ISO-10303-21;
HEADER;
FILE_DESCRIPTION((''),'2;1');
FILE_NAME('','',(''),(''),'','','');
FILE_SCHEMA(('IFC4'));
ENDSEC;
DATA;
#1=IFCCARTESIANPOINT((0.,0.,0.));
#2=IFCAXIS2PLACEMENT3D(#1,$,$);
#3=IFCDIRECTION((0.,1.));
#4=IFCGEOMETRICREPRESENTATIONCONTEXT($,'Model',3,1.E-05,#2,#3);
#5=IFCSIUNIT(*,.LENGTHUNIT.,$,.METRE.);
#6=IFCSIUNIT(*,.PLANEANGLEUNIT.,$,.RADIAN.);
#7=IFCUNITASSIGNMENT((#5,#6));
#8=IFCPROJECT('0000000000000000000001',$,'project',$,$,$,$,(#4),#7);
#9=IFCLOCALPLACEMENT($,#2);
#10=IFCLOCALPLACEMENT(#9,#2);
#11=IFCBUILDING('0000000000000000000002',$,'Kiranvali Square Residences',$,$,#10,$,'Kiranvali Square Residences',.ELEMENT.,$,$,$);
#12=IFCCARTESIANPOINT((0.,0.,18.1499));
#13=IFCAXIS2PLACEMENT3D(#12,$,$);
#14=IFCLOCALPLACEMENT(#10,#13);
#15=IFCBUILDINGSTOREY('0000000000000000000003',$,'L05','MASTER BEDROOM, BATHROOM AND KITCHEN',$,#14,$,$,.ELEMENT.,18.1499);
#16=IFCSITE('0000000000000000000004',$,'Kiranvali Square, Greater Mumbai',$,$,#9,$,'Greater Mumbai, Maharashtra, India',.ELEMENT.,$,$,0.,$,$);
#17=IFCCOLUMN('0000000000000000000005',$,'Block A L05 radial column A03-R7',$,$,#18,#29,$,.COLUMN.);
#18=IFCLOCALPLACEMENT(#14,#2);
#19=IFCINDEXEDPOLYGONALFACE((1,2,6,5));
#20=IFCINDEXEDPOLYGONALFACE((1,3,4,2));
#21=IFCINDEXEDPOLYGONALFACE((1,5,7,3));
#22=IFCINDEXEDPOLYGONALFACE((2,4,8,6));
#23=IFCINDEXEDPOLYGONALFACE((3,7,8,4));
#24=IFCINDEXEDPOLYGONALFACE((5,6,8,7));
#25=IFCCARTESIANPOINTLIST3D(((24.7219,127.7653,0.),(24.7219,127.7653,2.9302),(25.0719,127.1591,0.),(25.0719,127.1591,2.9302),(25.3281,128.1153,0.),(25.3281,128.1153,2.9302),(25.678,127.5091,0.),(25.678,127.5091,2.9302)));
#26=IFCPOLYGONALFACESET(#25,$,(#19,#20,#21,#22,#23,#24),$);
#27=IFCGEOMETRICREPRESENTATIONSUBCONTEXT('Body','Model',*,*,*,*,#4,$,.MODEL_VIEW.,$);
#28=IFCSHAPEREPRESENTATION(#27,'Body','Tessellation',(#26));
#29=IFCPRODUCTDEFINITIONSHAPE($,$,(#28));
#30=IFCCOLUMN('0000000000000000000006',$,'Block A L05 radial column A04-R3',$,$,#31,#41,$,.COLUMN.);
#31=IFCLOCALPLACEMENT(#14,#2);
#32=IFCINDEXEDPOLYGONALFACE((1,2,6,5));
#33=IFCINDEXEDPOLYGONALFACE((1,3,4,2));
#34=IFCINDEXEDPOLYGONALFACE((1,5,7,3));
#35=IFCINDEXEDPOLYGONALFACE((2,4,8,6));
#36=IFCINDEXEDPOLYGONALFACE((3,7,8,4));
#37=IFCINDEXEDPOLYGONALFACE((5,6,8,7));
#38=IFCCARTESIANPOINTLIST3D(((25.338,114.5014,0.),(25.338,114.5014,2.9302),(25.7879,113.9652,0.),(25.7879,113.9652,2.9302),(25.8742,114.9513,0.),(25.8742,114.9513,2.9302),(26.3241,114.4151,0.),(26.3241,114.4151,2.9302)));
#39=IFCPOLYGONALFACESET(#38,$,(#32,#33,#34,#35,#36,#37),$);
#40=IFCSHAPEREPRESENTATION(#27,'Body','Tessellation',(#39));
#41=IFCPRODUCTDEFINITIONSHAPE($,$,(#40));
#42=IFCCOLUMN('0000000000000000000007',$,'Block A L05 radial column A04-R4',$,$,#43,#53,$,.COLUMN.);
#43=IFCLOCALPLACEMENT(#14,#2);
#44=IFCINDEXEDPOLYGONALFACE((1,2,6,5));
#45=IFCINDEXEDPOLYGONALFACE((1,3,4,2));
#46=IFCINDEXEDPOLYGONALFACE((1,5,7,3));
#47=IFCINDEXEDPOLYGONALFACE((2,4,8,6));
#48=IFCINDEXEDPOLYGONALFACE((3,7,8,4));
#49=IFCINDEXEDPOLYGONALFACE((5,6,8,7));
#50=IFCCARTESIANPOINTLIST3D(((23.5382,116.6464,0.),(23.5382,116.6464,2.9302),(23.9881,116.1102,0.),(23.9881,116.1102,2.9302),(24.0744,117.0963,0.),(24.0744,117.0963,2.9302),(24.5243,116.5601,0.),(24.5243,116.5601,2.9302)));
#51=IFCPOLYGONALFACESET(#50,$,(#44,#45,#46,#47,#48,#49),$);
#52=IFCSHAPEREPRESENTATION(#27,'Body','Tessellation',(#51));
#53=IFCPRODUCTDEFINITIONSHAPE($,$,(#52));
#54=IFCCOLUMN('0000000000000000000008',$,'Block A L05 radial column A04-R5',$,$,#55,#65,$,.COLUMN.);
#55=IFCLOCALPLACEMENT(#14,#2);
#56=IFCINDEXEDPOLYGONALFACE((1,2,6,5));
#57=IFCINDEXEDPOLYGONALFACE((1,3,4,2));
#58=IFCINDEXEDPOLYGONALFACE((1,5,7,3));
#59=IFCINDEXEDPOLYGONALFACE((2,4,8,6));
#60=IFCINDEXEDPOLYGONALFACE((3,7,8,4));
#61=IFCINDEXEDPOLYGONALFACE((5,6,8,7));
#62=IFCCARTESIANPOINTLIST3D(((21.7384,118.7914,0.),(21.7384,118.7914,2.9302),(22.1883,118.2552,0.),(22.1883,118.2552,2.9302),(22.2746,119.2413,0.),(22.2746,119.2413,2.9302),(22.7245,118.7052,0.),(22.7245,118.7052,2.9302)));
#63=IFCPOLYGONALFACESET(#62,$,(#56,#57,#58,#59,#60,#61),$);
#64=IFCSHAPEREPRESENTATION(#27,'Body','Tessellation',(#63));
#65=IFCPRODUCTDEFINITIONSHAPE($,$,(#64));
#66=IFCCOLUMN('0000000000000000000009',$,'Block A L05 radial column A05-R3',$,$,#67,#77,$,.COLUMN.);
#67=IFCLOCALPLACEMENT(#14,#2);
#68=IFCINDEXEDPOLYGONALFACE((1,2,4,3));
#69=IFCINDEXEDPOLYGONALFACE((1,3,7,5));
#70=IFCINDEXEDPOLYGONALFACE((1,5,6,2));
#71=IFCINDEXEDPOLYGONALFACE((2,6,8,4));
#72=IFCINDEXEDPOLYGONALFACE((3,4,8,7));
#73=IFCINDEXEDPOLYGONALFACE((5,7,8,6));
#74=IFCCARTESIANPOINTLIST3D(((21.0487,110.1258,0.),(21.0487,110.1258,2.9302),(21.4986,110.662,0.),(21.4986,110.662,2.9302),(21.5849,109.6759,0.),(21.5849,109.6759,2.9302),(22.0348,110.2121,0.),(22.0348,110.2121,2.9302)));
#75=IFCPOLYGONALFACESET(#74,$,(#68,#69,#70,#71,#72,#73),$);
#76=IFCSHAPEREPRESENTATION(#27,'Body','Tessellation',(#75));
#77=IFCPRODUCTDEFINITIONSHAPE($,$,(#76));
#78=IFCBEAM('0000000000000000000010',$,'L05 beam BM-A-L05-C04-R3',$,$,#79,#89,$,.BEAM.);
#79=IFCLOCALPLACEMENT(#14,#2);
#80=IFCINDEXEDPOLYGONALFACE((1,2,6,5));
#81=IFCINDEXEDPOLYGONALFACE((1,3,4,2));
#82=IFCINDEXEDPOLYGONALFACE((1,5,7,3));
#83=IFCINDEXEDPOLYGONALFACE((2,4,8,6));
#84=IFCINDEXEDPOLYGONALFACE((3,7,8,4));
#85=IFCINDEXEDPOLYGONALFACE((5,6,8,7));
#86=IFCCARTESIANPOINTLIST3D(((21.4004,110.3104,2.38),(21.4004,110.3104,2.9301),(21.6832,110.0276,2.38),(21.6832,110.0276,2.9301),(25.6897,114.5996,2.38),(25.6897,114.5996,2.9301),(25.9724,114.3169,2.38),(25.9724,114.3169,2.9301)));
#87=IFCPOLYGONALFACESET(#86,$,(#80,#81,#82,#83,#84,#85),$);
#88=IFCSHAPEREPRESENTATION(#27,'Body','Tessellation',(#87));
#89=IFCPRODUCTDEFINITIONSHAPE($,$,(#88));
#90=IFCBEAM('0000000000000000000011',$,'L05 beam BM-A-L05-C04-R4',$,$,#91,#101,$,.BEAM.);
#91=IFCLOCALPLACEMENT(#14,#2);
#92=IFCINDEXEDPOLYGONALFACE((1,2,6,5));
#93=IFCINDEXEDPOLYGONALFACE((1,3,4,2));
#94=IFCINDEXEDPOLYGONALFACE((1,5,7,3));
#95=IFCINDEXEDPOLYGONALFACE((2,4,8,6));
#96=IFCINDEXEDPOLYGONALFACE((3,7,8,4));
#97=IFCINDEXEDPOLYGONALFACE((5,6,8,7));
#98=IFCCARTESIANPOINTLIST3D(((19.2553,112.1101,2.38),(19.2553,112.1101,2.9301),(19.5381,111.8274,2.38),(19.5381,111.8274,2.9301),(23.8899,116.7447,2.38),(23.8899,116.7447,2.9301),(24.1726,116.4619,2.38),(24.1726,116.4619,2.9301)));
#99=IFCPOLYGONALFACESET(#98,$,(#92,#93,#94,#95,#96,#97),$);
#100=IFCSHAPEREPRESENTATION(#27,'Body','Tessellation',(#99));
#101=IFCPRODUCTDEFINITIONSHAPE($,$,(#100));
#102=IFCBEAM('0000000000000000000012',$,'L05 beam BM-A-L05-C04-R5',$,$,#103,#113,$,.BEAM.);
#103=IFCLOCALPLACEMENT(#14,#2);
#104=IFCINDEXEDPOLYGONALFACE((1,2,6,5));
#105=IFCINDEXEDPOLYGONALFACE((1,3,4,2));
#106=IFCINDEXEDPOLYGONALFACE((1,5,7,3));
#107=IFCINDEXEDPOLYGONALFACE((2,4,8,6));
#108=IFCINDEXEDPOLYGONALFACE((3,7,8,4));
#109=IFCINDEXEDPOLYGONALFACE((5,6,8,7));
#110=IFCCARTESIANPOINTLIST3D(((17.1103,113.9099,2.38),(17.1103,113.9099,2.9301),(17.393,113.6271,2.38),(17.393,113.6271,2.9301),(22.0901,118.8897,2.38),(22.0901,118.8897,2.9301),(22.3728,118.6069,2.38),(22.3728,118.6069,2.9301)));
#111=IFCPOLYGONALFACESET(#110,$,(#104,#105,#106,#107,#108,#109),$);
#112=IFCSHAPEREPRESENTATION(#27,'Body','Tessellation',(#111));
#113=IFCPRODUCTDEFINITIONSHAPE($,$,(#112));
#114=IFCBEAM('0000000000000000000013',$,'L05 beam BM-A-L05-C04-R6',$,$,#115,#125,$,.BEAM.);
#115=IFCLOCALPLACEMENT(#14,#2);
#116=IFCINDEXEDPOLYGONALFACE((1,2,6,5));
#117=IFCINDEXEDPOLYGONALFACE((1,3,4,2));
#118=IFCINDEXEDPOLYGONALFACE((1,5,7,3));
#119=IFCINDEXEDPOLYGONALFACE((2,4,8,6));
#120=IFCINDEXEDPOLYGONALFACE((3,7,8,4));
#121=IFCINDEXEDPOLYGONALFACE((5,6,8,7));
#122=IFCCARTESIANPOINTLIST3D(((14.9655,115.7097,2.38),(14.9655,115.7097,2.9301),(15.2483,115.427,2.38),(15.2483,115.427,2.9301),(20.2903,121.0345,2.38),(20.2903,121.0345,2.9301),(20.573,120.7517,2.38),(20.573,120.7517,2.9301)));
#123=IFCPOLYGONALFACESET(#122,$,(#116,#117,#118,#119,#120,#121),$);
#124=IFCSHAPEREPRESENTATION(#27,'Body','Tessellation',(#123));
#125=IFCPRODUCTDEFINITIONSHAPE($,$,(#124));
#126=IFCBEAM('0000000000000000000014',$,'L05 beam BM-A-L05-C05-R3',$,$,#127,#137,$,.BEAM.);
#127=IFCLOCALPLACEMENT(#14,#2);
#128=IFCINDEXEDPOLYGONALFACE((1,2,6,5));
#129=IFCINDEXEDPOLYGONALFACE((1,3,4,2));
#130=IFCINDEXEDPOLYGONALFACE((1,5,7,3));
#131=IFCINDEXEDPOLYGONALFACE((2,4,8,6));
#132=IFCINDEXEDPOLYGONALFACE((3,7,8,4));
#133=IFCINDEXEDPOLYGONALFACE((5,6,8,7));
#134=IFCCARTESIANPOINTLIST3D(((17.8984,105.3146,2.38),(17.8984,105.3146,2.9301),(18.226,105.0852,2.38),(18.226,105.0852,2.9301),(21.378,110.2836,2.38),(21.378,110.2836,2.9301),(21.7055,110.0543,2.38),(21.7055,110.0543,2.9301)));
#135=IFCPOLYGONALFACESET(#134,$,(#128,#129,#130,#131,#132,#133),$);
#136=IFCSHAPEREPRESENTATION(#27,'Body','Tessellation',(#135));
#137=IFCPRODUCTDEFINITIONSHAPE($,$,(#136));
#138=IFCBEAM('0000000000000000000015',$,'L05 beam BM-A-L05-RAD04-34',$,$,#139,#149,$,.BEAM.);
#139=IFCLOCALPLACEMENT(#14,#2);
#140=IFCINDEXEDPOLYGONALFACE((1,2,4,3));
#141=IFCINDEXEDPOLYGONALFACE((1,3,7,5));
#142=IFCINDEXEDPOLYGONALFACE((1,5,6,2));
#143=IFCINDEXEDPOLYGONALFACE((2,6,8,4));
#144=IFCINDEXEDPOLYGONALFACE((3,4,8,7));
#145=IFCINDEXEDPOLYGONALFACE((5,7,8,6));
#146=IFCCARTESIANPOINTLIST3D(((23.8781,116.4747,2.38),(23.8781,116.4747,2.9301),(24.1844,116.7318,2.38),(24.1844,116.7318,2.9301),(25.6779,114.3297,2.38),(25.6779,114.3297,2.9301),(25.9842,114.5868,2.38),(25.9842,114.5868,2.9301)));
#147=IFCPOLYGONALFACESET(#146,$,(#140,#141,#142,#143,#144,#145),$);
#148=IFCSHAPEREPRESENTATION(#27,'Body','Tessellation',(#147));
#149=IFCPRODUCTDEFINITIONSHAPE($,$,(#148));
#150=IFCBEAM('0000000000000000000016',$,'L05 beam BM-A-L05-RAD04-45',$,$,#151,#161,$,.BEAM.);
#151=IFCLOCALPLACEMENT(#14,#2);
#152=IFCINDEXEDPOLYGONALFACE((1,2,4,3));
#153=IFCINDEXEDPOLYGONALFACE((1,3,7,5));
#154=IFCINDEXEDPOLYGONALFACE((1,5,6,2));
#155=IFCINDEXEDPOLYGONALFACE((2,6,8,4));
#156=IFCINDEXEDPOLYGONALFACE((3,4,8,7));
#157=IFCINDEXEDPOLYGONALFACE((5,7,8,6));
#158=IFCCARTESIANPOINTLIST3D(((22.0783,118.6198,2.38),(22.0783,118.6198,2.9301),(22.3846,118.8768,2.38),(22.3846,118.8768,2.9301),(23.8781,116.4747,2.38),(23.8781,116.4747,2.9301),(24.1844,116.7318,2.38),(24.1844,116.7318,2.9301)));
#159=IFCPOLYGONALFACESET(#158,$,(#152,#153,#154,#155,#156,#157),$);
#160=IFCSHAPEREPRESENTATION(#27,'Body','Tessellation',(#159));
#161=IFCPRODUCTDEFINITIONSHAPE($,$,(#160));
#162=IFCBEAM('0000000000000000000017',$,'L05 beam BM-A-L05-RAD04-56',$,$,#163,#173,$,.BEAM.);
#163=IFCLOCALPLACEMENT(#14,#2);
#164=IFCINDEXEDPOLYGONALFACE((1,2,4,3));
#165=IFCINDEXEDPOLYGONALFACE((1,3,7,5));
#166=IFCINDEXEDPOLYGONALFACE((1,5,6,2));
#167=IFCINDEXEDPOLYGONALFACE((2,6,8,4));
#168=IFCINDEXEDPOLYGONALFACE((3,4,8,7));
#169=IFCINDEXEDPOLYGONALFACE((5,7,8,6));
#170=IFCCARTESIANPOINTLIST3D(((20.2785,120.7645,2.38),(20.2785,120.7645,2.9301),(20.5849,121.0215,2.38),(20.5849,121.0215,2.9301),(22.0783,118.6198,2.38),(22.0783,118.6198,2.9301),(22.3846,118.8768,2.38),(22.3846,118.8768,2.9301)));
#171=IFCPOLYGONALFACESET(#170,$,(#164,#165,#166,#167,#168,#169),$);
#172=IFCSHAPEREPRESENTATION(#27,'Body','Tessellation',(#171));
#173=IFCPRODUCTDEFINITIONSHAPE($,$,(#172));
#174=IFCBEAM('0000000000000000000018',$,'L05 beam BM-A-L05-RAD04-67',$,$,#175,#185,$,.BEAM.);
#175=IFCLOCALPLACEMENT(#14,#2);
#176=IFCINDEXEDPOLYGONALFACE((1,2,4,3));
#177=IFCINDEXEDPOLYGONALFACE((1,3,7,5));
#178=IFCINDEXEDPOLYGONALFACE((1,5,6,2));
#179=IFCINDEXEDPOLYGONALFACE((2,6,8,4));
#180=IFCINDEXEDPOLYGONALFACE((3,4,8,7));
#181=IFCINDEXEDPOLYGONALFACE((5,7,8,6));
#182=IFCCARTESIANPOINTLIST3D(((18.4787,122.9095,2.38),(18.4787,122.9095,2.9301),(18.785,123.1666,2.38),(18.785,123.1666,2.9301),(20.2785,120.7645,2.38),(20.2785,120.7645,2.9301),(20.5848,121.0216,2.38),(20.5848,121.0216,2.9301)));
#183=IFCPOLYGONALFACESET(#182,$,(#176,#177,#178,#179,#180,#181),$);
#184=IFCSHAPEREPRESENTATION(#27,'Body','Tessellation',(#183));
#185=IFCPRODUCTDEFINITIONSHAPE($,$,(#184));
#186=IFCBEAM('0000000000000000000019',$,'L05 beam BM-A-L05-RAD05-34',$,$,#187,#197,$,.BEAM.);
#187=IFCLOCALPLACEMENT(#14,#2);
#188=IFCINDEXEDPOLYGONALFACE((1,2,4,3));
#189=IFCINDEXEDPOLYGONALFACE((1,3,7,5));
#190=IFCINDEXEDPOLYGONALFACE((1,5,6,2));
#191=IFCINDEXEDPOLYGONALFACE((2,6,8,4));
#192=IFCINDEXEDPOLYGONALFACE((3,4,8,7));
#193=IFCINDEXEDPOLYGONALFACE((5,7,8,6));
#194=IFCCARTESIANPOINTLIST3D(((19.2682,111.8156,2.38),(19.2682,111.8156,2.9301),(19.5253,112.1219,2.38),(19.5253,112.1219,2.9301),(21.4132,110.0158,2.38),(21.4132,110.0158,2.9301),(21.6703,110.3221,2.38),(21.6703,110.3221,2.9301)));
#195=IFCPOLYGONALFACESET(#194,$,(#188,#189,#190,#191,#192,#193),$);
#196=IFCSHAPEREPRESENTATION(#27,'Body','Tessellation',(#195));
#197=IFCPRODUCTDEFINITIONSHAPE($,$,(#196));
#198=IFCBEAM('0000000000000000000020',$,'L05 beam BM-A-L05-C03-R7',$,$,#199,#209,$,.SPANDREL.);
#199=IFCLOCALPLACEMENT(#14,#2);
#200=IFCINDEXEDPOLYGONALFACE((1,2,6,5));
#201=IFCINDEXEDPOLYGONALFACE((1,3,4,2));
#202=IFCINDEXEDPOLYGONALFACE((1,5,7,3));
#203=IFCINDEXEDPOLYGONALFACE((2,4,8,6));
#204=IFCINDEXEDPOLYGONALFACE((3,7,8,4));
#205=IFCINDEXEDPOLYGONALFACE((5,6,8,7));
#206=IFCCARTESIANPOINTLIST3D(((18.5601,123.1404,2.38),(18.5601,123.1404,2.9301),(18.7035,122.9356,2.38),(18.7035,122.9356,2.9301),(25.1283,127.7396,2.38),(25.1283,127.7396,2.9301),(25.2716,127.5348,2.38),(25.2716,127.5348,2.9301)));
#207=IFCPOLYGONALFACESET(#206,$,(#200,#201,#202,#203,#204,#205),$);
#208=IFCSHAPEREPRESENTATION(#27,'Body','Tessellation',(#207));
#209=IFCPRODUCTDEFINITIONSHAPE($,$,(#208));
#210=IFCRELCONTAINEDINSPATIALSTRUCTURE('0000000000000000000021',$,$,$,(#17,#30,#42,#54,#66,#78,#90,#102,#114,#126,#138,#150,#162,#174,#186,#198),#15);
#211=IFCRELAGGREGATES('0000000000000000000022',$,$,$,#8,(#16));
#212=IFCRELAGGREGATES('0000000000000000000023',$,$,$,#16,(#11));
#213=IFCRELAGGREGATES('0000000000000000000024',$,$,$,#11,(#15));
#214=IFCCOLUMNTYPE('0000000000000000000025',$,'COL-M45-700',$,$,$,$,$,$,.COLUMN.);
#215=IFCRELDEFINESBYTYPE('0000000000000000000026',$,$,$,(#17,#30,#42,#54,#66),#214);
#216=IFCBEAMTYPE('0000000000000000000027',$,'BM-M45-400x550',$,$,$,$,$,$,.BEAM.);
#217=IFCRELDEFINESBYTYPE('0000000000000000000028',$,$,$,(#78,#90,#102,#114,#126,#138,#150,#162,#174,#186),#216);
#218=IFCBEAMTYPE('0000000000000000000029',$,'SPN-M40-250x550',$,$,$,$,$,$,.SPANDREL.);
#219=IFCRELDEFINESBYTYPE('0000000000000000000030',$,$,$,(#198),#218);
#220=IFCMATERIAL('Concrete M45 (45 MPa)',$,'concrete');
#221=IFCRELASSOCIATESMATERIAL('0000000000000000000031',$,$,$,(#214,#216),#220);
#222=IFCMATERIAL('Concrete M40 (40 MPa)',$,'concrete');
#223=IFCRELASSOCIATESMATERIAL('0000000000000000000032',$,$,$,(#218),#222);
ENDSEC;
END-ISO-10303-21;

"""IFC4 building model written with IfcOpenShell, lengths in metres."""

from ifc_helpers import new_model, si_unit, direction, frame, origin, origin_2d, place, context, subcontext, project, spatial, rectangle, extrude, material, material_profile, profile_set, type_object, element, save


model = new_model("IFC4")

# Units and contexts
model_context = context("Model", 3, precision=1e-05, world=origin(), true_north=direction((0.0, 1.0)))
body_context = subcontext(model_context, "Body", "Model", "MODEL_VIEW")
ifc_project = project(units=[si_unit("LENGTHUNIT", "METRE"), si_unit("PLANEANGLEUNIT", "RADIAN")], contexts=[model_context])

# Site, building, storey
site_placement = place(None, origin())
site = spatial("IfcSite", under=ifc_project, at=site_placement, Name="Kiranvali Square, Greater Mumbai", LongName="Greater Mumbai, Maharashtra, India", CompositionType="ELEMENT", RefElevation=0.0)
building_placement = place(site_placement, origin())
building = spatial("IfcBuilding", under=site, at=building_placement, Name="Kiranvali Square Residences", LongName="Kiranvali Square Residences", CompositionType="ELEMENT")
storey_placement = place(building_placement, frame((0.0, 0.0, 18.1499)))
storey = spatial("IfcBuildingStorey", under=building, at=storey_placement, Name="L05", Description="MASTER BEDROOM, BATHROOM AND KITCHEN", CompositionType="ELEMENT", Elevation=18.1499)

# Columns
ifc_material_1 = material(Name="Concrete M45 (45 MPa)", Category="concrete")
ifc_material_profile_1 = material_profile(ifc_material_1, rectangle(XDim=0.7, YDim=0.7, at=origin_2d()), Name="RC 700x700")
ifc_profile_set_1 = profile_set([ifc_material_profile_1], Name="Concrete M45 (45 MPa)")
column_type = type_object("IfcColumnType", Name="COL-M45-700", PredefinedType="COLUMN", material=ifc_profile_set_1)
for number, where, z_axis, x_axis, name in (
    (1, (25.2, 127.6372, 0.0), (0.0, 0.0, 1.0), (0.866025, 0.5, 0.0), "Block A L05 radial column A03-R7"),
    (2, (25.8311, 114.4583, 0.0), (0.0, 0.0, 1.0), (0.766044, 0.642788, 0.0), "Block A L05 radial column A04-R3"),
    (3, (24.0312, 116.6033, 0.0), (0.0, 0.0, 1.0), (0.766044, 0.642788, 0.0), "Block A L05 radial column A04-R4"),
    (4, (22.2314, 118.7483, 0.0), (0.0, 0.0, 1.0), (0.766044, 0.642788, 0.0), "Block A L05 radial column A04-R5"),
    (5, (21.5417, 110.1689, 0.0), (0.0, 0.0, 1.0), (0.642788, 0.766044, 0.0), "Block A L05 radial column A05-R3"),
):
    element("IfcColumn", number, at=place(storey_placement, frame(where, z_axis=z_axis, x_axis=x_axis)), inside=storey, type_object=column_type, Name=name, PredefinedType="COLUMN", context=body_context, shape_type="SweptSolid", body=[
        extrude(rectangle(XDim=0.7, YDim=0.7, at=origin_2d()), origin(), (0.0, 0.0, 1.0), 2.9302),
    ])

# Beams
ifc_material_profile_2 = material_profile(ifc_material_1, rectangle(XDim=0.3999, YDim=0.55, at=origin_2d()), Name="RC 400x550")
ifc_profile_set_2 = profile_set([ifc_material_profile_2], Name="Concrete M45 (45 MPa)")
beam_type_1 = type_object("IfcBeamType", Name="BM-M45-400x550", PredefinedType="BEAM", material=ifc_profile_set_2)
beam_1_placement = place(storey_placement, frame((25.8311, 114.4583, 2.655), z_axis=(-0.707107, -0.707107, 0.0), x_axis=(0.707107, -0.707107, 0.0)))
element("IfcBeam", 6, at=beam_1_placement, inside=storey, type_object=beam_type_1, Name="L05 beam BM-A-L05-C04-R3", PredefinedType="BEAM", context=body_context, shape_type="SweptSolid", body=[
    extrude(rectangle(XDim=0.3999, YDim=0.55, at=origin_2d()), origin(), (0.0, 0.0, 1.0), 6.0659),
])
beam_2_placement = place(storey_placement, frame((24.0312, 116.6033, 2.655), z_axis=(-0.707107, -0.707107, 0.0), x_axis=(0.707107, -0.707107, 0.0)))
element("IfcBeam", 7, at=beam_2_placement, inside=storey, type_object=beam_type_1, Name="L05 beam BM-A-L05-C04-R4", PredefinedType="BEAM", context=body_context, shape_type="SweptSolid", body=[
    extrude(rectangle(XDim=0.3999, YDim=0.55, at=origin_2d()), origin(), (0.0, 0.0, 1.0), 6.5542),
])
beam_3_placement = place(storey_placement, frame((22.2314, 118.7483, 2.655), z_axis=(-0.707107, -0.707107, 0.0), x_axis=(0.707107, -0.707107, 0.0)))
element("IfcBeam", 8, at=beam_3_placement, inside=storey, type_object=beam_type_1, Name="L05 beam BM-A-L05-C04-R5", PredefinedType="BEAM", context=body_context, shape_type="SweptSolid", body=[
    extrude(rectangle(XDim=0.3999, YDim=0.55, at=origin_2d()), origin(), (0.0, 0.0, 1.0), 7.0425),
])
beam_4_placement = place(storey_placement, frame((20.4316, 120.8931, 2.655), z_axis=(-0.707107, -0.707107, 0.0), x_axis=(0.707107, -0.707107, 0.0)))
element("IfcBeam", 9, at=beam_4_placement, inside=storey, type_object=beam_type_1, Name="L05 beam BM-A-L05-C04-R6", PredefinedType="BEAM", context=body_context, shape_type="SweptSolid", body=[
    extrude(rectangle(XDim=0.3999, YDim=0.55, at=origin_2d()), origin(), (0.0, 0.0, 1.0), 7.5303),
])
beam_5_placement = place(storey_placement, frame((21.5417, 110.1689, 2.655), z_axis=(-0.573595, -0.819139, 0.0), x_axis=(0.819139, -0.573595, 0.0)))
element("IfcBeam", 10, at=beam_5_placement, inside=storey, type_object=beam_type_1, Name="L05 beam BM-A-L05-C05-R3", PredefinedType="BEAM", context=body_context, shape_type="SweptSolid", body=[
    extrude(rectangle(XDim=0.3999, YDim=0.55, at=origin_2d()), origin(), (0.0, 0.0, 1.0), 6.0662),
])
for number, where, z_axis, x_axis, name in (
    (11, (25.8311, 114.4583, 2.655), (-0.642771, 0.766059, 0.0), (-0.766059, -0.642771, 0.0), "L05 beam BM-A-L05-RAD04-34"),
    (12, (24.0312, 116.6033, 2.655), (-0.642771, 0.766059, 0.0), (-0.766059, -0.642771, 0.0), "L05 beam BM-A-L05-RAD04-45"),
):
    element("IfcBeam", number, at=place(storey_placement, frame(where, z_axis=z_axis, x_axis=x_axis)), inside=storey, type_object=beam_type_1, Name=name, PredefinedType="BEAM", context=body_context, shape_type="SweptSolid", body=[
        extrude(rectangle(XDim=0.3999, YDim=0.55, at=origin_2d()), origin(), (0.0, 0.0, 1.0), 2.8),
    ])
beam_6_placement = place(storey_placement, frame((22.2314, 118.7483, 2.655), z_axis=(-0.642814, 0.766023, 0.0), x_axis=(-0.766023, -0.642814, 0.0)))
element("IfcBeam", 13, at=beam_6_placement, inside=storey, type_object=beam_type_1, Name="L05 beam BM-A-L05-RAD04-56", PredefinedType="BEAM", context=body_context, shape_type="SweptSolid", body=[
    extrude(rectangle(XDim=0.3999, YDim=0.55, at=origin_2d()), origin(), (0.0, 0.0, 1.0), 2.7998),
])
for number, where, z_axis, x_axis, name in (
    (14, (20.4316, 120.8931, 2.655), (-0.642771, 0.766059, 0.0), (-0.766059, -0.642771, 0.0), "L05 beam BM-A-L05-RAD04-67"),
    (15, (21.5417, 110.1689, 2.655), (-0.766059, 0.642771, 0.0), (-0.642771, -0.766059, 0.0), "L05 beam BM-A-L05-RAD05-34"),
):
    element("IfcBeam", number, at=place(storey_placement, frame(where, z_axis=z_axis, x_axis=x_axis)), inside=storey, type_object=beam_type_1, Name=name, PredefinedType="BEAM", context=body_context, shape_type="SweptSolid", body=[
        extrude(rectangle(XDim=0.3999, YDim=0.55, at=origin_2d()), origin(), (0.0, 0.0, 1.0), 2.8),
    ])
ifc_material_2 = material(Name="Concrete M40 (40 MPa)", Category="concrete")
ifc_material_profile_3 = material_profile(ifc_material_2, rectangle(XDim=0.25, YDim=0.55, at=origin_2d()), Name="RC 250x550")
ifc_profile_set_3 = profile_set([ifc_material_profile_3], Name="Concrete M40 (40 MPa)")
beam_type_2 = type_object("IfcBeamType", Name="SPN-M40-250x550", PredefinedType="SPANDREL", material=ifc_profile_set_3)
beam_7_placement = place(storey_placement, frame((25.2, 127.6372, 2.655), z_axis=(-0.819148, -0.573583, 0.0), x_axis=(0.573583, -0.819148, 0.0)))
element("IfcBeam", 16, at=beam_7_placement, inside=storey, type_object=beam_type_2, Name="L05 beam BM-A-L05-C03-R7", PredefinedType="SPANDREL", context=body_context, shape_type="SweptSolid", body=[
    extrude(rectangle(XDim=0.25, YDim=0.55, at=origin_2d()), origin(), (0.0, 0.0, 1.0), 8.0183),
])

save(model, "model.ifc")
